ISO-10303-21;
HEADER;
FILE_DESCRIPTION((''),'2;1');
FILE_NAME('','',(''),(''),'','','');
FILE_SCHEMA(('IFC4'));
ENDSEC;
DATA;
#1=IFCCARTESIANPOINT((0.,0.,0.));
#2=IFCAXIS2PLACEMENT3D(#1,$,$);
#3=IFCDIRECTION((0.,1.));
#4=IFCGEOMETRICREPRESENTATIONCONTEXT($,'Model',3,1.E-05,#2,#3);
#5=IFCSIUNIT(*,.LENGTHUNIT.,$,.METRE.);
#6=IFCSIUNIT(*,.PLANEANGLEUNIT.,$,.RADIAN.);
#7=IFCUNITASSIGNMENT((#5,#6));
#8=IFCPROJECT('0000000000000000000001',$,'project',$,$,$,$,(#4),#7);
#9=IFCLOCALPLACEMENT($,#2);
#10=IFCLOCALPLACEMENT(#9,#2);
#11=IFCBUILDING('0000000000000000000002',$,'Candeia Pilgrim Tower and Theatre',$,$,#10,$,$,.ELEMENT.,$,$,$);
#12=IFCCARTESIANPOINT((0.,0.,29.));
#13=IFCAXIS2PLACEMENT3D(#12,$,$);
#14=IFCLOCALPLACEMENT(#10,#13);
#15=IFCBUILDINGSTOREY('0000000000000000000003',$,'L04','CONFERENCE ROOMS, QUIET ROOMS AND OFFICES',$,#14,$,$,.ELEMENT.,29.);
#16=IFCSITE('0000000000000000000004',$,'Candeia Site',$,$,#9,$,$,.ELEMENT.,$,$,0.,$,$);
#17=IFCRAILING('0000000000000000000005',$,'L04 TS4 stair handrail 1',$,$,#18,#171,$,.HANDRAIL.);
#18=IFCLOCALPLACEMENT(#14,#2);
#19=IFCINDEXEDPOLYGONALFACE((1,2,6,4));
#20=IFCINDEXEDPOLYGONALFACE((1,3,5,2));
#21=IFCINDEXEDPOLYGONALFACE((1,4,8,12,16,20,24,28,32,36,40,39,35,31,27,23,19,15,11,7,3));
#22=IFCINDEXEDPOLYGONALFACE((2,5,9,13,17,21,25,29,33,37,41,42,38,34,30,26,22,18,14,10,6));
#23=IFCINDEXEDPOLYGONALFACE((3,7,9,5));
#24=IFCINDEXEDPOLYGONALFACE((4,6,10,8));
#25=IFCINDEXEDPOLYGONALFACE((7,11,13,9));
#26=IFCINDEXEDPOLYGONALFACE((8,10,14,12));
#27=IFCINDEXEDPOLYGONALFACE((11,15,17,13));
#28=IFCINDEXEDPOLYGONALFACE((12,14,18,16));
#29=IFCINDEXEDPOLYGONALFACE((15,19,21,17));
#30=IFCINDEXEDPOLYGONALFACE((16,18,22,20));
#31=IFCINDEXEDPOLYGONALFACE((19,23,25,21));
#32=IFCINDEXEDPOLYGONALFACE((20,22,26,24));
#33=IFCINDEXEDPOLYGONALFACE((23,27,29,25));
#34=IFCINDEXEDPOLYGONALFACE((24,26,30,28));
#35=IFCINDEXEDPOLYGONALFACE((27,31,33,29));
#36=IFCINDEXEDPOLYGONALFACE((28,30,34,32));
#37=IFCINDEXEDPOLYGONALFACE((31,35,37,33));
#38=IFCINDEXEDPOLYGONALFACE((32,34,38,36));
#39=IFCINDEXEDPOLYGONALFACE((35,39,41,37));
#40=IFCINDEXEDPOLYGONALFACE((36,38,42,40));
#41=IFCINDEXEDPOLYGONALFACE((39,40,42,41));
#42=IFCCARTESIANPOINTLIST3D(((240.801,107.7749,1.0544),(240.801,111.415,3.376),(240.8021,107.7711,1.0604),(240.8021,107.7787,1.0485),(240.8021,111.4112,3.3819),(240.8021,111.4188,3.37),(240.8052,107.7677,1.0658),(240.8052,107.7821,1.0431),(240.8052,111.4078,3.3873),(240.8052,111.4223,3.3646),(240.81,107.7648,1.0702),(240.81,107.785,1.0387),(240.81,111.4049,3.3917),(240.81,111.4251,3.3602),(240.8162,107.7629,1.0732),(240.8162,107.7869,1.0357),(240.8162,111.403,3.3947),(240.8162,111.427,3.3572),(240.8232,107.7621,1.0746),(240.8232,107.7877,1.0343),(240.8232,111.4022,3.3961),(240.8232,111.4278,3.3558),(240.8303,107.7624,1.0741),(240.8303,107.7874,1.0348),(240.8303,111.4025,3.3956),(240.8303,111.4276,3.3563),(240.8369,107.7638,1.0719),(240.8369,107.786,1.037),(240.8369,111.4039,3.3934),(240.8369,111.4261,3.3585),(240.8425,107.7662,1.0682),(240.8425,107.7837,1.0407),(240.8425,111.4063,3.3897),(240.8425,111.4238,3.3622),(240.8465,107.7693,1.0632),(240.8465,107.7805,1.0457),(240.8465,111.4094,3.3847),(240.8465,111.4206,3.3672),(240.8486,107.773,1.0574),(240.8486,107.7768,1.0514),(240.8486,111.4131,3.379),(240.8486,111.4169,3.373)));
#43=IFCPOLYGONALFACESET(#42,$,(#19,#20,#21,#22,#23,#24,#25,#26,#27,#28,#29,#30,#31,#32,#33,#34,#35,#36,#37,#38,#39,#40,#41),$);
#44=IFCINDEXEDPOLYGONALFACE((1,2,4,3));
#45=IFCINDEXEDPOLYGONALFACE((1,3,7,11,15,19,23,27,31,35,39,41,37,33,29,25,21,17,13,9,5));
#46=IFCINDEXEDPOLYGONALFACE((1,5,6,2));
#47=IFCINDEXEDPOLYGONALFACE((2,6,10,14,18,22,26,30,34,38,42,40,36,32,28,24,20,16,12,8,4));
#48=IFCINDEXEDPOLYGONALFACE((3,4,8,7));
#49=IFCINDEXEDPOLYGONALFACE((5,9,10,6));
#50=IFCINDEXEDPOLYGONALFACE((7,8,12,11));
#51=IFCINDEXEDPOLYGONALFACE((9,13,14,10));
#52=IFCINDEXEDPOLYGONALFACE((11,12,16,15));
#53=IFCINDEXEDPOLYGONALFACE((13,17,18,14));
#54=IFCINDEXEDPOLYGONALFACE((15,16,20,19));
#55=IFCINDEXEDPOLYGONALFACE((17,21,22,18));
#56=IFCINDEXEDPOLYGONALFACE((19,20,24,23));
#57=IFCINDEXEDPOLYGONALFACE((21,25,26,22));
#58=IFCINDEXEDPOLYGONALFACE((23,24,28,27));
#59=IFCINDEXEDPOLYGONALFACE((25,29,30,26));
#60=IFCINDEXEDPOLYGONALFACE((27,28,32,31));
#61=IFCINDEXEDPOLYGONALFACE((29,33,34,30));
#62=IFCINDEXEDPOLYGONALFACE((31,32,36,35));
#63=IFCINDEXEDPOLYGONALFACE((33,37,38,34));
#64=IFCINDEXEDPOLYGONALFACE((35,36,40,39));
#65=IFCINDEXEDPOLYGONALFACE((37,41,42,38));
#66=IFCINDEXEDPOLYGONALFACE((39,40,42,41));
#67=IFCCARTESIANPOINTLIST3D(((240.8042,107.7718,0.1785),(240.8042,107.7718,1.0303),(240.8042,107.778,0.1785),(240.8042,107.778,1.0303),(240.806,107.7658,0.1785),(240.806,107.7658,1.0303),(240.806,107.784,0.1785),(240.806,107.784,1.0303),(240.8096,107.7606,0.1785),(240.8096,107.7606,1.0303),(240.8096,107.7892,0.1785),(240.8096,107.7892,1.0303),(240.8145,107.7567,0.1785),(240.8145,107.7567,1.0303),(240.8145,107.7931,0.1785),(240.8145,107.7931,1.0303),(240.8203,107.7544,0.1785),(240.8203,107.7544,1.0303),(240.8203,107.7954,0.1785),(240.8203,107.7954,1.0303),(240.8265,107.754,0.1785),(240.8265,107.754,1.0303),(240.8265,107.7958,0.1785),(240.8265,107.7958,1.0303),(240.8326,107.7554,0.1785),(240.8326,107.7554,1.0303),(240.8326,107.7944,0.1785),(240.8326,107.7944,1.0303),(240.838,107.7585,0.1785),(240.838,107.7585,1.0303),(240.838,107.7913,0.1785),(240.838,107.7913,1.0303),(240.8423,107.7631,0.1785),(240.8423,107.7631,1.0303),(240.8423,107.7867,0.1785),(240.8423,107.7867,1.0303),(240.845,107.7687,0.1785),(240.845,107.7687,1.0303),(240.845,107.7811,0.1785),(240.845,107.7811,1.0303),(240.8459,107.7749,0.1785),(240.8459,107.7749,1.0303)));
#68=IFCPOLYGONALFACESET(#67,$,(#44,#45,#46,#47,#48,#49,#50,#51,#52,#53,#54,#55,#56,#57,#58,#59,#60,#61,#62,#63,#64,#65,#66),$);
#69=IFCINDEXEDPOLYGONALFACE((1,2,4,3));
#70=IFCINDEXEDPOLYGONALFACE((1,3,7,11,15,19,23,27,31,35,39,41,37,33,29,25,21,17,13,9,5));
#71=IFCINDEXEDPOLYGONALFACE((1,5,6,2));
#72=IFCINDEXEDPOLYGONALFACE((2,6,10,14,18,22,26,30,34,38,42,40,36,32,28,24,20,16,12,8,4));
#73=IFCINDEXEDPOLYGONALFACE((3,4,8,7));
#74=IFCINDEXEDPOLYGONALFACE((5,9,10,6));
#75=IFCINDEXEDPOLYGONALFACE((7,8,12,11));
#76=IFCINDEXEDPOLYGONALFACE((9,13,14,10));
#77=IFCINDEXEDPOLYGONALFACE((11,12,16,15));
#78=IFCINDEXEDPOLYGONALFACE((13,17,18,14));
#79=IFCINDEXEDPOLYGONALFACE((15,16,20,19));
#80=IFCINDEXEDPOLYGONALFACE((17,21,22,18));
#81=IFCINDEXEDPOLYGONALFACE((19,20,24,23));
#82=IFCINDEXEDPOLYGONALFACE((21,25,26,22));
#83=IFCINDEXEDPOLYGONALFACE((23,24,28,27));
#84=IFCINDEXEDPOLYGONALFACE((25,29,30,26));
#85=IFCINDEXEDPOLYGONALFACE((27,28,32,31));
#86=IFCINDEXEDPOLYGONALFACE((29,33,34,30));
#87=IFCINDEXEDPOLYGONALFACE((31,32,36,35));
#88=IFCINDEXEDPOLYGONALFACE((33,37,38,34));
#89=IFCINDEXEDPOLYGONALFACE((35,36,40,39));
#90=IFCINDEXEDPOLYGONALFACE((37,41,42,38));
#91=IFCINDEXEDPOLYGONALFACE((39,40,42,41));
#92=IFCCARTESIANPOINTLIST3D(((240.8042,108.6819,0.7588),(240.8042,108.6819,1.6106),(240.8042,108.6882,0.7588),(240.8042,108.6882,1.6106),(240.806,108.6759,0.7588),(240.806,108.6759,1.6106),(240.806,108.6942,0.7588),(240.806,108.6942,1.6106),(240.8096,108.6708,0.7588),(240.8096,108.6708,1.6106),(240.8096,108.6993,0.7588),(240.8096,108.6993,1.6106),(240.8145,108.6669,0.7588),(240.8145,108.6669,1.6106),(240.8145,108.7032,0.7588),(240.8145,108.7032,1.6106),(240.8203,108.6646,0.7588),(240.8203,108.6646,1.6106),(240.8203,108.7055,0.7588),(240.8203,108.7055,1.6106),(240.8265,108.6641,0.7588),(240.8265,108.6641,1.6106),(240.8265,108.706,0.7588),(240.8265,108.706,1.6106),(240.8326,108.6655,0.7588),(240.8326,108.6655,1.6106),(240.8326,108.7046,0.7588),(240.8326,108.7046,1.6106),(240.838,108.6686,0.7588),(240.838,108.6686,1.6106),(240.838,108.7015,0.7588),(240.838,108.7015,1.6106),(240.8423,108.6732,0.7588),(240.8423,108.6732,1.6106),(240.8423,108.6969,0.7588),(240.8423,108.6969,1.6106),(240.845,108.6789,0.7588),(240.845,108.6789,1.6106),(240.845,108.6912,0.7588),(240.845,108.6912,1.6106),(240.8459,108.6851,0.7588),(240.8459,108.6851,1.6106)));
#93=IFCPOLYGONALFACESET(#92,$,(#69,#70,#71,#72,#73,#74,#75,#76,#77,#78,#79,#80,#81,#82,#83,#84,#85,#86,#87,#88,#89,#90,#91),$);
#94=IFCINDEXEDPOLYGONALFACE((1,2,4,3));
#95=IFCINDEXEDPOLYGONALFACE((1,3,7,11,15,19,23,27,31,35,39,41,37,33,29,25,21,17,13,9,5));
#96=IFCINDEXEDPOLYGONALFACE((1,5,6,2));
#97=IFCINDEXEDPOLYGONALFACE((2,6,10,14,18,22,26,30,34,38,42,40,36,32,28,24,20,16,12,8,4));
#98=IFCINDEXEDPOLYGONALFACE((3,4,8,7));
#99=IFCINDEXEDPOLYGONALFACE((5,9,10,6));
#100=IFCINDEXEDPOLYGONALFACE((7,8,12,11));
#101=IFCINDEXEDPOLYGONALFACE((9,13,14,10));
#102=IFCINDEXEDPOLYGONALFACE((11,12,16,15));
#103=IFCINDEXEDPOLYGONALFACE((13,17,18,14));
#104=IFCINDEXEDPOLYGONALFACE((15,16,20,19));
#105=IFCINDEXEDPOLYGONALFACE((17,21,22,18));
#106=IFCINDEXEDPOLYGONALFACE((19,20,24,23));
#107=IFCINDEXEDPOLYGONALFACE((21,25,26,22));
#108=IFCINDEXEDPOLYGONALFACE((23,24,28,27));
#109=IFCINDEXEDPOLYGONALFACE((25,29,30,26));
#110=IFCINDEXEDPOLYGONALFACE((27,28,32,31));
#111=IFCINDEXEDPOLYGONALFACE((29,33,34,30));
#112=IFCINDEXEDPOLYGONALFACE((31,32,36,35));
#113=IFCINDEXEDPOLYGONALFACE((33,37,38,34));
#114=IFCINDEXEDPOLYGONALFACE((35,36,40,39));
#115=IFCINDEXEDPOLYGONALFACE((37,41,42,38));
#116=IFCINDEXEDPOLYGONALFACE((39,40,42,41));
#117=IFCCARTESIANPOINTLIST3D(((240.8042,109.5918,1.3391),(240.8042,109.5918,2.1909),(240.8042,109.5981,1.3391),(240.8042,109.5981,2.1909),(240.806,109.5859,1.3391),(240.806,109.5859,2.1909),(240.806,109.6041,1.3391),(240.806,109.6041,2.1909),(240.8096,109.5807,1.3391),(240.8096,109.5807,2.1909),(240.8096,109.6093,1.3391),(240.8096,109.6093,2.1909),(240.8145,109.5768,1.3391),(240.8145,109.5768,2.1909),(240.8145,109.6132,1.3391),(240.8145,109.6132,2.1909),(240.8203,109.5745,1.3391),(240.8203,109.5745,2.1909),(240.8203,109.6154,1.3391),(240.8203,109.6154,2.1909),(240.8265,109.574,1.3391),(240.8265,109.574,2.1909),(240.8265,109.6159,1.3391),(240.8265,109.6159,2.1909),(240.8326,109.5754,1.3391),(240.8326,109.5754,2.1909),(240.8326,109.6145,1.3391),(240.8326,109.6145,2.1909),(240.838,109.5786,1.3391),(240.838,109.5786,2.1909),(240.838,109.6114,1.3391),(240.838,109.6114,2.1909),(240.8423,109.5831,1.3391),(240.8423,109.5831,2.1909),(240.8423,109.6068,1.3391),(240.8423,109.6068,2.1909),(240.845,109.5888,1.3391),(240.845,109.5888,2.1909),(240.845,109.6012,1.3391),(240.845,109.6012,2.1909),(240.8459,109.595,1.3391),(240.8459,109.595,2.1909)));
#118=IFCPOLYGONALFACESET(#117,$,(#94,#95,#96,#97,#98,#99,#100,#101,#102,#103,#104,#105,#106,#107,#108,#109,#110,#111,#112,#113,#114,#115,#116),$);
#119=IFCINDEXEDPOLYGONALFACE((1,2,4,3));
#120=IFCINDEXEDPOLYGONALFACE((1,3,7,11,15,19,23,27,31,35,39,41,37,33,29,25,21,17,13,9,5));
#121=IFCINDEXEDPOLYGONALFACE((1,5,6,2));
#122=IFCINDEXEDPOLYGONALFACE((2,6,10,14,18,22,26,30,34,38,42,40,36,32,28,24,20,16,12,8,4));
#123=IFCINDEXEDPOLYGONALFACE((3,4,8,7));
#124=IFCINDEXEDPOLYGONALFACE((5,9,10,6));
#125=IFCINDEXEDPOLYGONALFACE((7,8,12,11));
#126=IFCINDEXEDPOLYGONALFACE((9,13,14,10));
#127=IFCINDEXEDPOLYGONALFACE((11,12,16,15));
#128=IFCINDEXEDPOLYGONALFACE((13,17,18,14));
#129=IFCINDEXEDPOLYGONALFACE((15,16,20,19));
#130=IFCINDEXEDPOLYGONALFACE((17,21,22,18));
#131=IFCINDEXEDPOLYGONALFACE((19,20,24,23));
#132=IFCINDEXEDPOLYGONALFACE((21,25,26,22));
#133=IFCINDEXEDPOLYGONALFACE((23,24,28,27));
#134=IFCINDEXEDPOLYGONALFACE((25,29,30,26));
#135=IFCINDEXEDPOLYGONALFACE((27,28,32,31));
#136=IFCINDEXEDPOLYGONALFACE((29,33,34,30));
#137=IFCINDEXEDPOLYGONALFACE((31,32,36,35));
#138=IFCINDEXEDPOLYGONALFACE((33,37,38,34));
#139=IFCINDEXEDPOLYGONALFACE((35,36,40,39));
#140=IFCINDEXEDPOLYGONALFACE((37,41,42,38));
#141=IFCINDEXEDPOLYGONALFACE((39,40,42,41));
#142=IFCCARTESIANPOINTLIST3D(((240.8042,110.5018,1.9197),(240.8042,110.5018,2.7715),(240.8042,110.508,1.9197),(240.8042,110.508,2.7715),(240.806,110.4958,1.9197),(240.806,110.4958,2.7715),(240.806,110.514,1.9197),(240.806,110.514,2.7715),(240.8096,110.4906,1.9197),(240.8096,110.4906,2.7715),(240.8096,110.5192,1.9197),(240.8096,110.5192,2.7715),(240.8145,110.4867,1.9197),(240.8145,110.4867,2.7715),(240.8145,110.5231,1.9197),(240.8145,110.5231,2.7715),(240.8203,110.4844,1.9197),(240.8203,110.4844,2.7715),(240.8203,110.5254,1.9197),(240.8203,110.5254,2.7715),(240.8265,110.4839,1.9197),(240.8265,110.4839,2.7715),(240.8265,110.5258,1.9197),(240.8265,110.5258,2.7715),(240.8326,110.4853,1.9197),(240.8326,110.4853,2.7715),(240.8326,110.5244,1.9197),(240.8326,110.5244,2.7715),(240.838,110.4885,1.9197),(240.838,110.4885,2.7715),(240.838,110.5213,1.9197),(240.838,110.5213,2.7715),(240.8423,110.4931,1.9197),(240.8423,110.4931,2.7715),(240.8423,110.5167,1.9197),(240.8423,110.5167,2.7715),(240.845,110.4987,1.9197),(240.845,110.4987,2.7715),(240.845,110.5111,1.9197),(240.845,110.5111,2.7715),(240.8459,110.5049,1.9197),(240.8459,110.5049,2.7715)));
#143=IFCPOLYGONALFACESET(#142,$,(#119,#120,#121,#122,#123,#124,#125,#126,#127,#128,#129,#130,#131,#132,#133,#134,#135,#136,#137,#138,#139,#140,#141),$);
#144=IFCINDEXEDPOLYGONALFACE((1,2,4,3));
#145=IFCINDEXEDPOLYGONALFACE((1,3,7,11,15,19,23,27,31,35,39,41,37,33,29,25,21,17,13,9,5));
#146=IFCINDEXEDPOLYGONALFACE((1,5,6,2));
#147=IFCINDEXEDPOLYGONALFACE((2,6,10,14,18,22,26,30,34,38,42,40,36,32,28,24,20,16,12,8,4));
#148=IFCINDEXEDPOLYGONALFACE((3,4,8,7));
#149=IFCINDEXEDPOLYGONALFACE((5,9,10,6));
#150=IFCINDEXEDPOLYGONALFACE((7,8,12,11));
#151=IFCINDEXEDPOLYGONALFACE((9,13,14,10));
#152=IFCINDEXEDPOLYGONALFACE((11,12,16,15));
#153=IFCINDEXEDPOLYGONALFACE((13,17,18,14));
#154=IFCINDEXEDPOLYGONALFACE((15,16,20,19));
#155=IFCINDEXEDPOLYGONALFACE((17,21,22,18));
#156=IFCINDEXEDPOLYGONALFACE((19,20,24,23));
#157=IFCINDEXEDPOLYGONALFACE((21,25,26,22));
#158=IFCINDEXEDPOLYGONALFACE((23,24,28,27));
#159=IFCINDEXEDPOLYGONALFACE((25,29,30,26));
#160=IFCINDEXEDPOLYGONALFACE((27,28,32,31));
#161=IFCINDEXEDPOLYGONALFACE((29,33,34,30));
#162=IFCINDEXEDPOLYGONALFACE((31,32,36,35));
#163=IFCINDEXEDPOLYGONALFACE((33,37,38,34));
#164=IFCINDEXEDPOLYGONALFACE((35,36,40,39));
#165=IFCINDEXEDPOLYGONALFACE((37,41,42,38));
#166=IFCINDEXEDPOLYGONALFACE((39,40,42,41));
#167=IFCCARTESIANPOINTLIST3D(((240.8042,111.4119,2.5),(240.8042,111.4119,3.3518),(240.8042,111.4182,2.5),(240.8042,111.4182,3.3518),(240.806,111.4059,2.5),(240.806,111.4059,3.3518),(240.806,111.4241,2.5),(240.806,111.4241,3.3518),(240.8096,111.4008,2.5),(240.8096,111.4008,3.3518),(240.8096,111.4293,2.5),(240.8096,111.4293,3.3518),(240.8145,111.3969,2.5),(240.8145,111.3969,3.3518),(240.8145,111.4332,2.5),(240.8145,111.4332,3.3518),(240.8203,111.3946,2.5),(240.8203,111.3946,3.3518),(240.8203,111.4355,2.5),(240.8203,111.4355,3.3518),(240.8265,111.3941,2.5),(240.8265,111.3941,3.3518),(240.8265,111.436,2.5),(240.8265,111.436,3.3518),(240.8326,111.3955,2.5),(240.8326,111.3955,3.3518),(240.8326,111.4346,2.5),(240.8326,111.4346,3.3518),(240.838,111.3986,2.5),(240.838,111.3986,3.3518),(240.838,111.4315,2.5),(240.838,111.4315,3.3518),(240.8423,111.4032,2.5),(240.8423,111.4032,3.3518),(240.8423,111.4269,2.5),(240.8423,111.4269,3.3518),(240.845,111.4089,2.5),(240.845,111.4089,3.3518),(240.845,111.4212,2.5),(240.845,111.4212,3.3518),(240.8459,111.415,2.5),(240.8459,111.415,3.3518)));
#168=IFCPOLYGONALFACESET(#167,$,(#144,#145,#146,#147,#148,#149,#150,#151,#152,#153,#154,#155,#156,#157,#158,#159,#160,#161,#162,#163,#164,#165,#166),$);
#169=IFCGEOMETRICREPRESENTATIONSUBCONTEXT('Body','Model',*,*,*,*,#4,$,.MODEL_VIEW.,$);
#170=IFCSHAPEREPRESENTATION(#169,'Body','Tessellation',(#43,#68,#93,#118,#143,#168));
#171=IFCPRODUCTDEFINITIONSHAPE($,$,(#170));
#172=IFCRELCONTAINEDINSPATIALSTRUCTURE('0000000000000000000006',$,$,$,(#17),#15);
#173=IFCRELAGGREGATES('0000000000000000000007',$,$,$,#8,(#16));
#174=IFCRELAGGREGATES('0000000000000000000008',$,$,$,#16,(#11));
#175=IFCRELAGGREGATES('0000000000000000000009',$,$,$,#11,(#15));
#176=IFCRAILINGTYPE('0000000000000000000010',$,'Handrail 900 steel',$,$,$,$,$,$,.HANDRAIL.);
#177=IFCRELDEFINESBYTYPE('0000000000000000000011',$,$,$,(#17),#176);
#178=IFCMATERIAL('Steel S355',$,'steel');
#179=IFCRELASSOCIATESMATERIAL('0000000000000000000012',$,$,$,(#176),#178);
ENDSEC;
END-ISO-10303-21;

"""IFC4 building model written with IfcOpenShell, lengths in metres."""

from ifc_helpers import new_model, si_unit, direction, frame, origin, origin_2d, place, context, subcontext, project, spatial, circle, extrude, material, type_object, element, save


model = new_model("IFC4")

# Units and contexts
model_context = context("Model", 3, precision=1e-05, world=origin(), true_north=direction((0.0, 1.0)))
body_context = subcontext(model_context, "Body", "Model", "MODEL_VIEW")
ifc_project = project(units=[si_unit("LENGTHUNIT", "METRE"), si_unit("PLANEANGLEUNIT", "RADIAN")], contexts=[model_context])

# Site, building, storey
site_placement = place(None, origin())
site = spatial("IfcSite", under=ifc_project, at=site_placement, Name="Candeia Site", CompositionType="ELEMENT", RefElevation=0.0)
building_placement = place(site_placement, origin())
building = spatial("IfcBuilding", under=site, at=building_placement, Name="Candeia Pilgrim Tower and Theatre", CompositionType="ELEMENT")
storey_placement = place(building_placement, frame((0.0, 0.0, 29.0)))
storey = spatial("IfcBuildingStorey", under=building, at=storey_placement, Name="L04", Description="CONFERENCE ROOMS, QUIET ROOMS AND OFFICES", CompositionType="ELEMENT", Elevation=29.0)

# Railing
ifc_material_1 = material(Name="Steel S355", Category="steel")
railing_type_1 = type_object("IfcRailingType", Name="Handrail 900 steel", PredefinedType="HANDRAIL", material=ifc_material_1)
railing_1_placement = place(storey_placement, frame((240.825, 107.7749, 0.1785)))
element("IfcRailing", 1, at=railing_1_placement, inside=storey, type_object=railing_type_1, Name="L04 TS4 stair handrail 1", PredefinedType="HANDRAIL", context=body_context, shape_type="SweptSolid", body=[
    extrude(circle(Radius=0.0239, at=origin_2d()), frame((0.0, 0.0, 0.876), z_axis=(0.0, 0.843128, 0.537713), x_axis=(-1.0, 0.0, 0.0)), (0.0, 0.0, 1.0), 4.3174),
    extrude(circle(Radius=0.021, at=origin_2d()), origin(), (0.0, 0.0, 1.0), 0.8518),
    extrude(circle(Radius=0.021, at=origin_2d()), frame((0.0, 0.9102, 0.5803)), (0.0, 0.0, 1.0), 0.8518),
    extrude(circle(Radius=0.021, at=origin_2d()), frame((0.0, 1.8201, 1.1606)), (0.0, 0.0, 1.0), 0.8518),
    extrude(circle(Radius=0.021, at=origin_2d()), frame((0.0, 2.73, 1.7412)), (0.0, 0.0, 1.0), 0.8518),
    extrude(circle(Radius=0.021, at=origin_2d()), frame((0.0, 3.6401, 2.3215)), (0.0, 0.0, 1.0), 0.8518),
])

save(model, "model.ifc")
